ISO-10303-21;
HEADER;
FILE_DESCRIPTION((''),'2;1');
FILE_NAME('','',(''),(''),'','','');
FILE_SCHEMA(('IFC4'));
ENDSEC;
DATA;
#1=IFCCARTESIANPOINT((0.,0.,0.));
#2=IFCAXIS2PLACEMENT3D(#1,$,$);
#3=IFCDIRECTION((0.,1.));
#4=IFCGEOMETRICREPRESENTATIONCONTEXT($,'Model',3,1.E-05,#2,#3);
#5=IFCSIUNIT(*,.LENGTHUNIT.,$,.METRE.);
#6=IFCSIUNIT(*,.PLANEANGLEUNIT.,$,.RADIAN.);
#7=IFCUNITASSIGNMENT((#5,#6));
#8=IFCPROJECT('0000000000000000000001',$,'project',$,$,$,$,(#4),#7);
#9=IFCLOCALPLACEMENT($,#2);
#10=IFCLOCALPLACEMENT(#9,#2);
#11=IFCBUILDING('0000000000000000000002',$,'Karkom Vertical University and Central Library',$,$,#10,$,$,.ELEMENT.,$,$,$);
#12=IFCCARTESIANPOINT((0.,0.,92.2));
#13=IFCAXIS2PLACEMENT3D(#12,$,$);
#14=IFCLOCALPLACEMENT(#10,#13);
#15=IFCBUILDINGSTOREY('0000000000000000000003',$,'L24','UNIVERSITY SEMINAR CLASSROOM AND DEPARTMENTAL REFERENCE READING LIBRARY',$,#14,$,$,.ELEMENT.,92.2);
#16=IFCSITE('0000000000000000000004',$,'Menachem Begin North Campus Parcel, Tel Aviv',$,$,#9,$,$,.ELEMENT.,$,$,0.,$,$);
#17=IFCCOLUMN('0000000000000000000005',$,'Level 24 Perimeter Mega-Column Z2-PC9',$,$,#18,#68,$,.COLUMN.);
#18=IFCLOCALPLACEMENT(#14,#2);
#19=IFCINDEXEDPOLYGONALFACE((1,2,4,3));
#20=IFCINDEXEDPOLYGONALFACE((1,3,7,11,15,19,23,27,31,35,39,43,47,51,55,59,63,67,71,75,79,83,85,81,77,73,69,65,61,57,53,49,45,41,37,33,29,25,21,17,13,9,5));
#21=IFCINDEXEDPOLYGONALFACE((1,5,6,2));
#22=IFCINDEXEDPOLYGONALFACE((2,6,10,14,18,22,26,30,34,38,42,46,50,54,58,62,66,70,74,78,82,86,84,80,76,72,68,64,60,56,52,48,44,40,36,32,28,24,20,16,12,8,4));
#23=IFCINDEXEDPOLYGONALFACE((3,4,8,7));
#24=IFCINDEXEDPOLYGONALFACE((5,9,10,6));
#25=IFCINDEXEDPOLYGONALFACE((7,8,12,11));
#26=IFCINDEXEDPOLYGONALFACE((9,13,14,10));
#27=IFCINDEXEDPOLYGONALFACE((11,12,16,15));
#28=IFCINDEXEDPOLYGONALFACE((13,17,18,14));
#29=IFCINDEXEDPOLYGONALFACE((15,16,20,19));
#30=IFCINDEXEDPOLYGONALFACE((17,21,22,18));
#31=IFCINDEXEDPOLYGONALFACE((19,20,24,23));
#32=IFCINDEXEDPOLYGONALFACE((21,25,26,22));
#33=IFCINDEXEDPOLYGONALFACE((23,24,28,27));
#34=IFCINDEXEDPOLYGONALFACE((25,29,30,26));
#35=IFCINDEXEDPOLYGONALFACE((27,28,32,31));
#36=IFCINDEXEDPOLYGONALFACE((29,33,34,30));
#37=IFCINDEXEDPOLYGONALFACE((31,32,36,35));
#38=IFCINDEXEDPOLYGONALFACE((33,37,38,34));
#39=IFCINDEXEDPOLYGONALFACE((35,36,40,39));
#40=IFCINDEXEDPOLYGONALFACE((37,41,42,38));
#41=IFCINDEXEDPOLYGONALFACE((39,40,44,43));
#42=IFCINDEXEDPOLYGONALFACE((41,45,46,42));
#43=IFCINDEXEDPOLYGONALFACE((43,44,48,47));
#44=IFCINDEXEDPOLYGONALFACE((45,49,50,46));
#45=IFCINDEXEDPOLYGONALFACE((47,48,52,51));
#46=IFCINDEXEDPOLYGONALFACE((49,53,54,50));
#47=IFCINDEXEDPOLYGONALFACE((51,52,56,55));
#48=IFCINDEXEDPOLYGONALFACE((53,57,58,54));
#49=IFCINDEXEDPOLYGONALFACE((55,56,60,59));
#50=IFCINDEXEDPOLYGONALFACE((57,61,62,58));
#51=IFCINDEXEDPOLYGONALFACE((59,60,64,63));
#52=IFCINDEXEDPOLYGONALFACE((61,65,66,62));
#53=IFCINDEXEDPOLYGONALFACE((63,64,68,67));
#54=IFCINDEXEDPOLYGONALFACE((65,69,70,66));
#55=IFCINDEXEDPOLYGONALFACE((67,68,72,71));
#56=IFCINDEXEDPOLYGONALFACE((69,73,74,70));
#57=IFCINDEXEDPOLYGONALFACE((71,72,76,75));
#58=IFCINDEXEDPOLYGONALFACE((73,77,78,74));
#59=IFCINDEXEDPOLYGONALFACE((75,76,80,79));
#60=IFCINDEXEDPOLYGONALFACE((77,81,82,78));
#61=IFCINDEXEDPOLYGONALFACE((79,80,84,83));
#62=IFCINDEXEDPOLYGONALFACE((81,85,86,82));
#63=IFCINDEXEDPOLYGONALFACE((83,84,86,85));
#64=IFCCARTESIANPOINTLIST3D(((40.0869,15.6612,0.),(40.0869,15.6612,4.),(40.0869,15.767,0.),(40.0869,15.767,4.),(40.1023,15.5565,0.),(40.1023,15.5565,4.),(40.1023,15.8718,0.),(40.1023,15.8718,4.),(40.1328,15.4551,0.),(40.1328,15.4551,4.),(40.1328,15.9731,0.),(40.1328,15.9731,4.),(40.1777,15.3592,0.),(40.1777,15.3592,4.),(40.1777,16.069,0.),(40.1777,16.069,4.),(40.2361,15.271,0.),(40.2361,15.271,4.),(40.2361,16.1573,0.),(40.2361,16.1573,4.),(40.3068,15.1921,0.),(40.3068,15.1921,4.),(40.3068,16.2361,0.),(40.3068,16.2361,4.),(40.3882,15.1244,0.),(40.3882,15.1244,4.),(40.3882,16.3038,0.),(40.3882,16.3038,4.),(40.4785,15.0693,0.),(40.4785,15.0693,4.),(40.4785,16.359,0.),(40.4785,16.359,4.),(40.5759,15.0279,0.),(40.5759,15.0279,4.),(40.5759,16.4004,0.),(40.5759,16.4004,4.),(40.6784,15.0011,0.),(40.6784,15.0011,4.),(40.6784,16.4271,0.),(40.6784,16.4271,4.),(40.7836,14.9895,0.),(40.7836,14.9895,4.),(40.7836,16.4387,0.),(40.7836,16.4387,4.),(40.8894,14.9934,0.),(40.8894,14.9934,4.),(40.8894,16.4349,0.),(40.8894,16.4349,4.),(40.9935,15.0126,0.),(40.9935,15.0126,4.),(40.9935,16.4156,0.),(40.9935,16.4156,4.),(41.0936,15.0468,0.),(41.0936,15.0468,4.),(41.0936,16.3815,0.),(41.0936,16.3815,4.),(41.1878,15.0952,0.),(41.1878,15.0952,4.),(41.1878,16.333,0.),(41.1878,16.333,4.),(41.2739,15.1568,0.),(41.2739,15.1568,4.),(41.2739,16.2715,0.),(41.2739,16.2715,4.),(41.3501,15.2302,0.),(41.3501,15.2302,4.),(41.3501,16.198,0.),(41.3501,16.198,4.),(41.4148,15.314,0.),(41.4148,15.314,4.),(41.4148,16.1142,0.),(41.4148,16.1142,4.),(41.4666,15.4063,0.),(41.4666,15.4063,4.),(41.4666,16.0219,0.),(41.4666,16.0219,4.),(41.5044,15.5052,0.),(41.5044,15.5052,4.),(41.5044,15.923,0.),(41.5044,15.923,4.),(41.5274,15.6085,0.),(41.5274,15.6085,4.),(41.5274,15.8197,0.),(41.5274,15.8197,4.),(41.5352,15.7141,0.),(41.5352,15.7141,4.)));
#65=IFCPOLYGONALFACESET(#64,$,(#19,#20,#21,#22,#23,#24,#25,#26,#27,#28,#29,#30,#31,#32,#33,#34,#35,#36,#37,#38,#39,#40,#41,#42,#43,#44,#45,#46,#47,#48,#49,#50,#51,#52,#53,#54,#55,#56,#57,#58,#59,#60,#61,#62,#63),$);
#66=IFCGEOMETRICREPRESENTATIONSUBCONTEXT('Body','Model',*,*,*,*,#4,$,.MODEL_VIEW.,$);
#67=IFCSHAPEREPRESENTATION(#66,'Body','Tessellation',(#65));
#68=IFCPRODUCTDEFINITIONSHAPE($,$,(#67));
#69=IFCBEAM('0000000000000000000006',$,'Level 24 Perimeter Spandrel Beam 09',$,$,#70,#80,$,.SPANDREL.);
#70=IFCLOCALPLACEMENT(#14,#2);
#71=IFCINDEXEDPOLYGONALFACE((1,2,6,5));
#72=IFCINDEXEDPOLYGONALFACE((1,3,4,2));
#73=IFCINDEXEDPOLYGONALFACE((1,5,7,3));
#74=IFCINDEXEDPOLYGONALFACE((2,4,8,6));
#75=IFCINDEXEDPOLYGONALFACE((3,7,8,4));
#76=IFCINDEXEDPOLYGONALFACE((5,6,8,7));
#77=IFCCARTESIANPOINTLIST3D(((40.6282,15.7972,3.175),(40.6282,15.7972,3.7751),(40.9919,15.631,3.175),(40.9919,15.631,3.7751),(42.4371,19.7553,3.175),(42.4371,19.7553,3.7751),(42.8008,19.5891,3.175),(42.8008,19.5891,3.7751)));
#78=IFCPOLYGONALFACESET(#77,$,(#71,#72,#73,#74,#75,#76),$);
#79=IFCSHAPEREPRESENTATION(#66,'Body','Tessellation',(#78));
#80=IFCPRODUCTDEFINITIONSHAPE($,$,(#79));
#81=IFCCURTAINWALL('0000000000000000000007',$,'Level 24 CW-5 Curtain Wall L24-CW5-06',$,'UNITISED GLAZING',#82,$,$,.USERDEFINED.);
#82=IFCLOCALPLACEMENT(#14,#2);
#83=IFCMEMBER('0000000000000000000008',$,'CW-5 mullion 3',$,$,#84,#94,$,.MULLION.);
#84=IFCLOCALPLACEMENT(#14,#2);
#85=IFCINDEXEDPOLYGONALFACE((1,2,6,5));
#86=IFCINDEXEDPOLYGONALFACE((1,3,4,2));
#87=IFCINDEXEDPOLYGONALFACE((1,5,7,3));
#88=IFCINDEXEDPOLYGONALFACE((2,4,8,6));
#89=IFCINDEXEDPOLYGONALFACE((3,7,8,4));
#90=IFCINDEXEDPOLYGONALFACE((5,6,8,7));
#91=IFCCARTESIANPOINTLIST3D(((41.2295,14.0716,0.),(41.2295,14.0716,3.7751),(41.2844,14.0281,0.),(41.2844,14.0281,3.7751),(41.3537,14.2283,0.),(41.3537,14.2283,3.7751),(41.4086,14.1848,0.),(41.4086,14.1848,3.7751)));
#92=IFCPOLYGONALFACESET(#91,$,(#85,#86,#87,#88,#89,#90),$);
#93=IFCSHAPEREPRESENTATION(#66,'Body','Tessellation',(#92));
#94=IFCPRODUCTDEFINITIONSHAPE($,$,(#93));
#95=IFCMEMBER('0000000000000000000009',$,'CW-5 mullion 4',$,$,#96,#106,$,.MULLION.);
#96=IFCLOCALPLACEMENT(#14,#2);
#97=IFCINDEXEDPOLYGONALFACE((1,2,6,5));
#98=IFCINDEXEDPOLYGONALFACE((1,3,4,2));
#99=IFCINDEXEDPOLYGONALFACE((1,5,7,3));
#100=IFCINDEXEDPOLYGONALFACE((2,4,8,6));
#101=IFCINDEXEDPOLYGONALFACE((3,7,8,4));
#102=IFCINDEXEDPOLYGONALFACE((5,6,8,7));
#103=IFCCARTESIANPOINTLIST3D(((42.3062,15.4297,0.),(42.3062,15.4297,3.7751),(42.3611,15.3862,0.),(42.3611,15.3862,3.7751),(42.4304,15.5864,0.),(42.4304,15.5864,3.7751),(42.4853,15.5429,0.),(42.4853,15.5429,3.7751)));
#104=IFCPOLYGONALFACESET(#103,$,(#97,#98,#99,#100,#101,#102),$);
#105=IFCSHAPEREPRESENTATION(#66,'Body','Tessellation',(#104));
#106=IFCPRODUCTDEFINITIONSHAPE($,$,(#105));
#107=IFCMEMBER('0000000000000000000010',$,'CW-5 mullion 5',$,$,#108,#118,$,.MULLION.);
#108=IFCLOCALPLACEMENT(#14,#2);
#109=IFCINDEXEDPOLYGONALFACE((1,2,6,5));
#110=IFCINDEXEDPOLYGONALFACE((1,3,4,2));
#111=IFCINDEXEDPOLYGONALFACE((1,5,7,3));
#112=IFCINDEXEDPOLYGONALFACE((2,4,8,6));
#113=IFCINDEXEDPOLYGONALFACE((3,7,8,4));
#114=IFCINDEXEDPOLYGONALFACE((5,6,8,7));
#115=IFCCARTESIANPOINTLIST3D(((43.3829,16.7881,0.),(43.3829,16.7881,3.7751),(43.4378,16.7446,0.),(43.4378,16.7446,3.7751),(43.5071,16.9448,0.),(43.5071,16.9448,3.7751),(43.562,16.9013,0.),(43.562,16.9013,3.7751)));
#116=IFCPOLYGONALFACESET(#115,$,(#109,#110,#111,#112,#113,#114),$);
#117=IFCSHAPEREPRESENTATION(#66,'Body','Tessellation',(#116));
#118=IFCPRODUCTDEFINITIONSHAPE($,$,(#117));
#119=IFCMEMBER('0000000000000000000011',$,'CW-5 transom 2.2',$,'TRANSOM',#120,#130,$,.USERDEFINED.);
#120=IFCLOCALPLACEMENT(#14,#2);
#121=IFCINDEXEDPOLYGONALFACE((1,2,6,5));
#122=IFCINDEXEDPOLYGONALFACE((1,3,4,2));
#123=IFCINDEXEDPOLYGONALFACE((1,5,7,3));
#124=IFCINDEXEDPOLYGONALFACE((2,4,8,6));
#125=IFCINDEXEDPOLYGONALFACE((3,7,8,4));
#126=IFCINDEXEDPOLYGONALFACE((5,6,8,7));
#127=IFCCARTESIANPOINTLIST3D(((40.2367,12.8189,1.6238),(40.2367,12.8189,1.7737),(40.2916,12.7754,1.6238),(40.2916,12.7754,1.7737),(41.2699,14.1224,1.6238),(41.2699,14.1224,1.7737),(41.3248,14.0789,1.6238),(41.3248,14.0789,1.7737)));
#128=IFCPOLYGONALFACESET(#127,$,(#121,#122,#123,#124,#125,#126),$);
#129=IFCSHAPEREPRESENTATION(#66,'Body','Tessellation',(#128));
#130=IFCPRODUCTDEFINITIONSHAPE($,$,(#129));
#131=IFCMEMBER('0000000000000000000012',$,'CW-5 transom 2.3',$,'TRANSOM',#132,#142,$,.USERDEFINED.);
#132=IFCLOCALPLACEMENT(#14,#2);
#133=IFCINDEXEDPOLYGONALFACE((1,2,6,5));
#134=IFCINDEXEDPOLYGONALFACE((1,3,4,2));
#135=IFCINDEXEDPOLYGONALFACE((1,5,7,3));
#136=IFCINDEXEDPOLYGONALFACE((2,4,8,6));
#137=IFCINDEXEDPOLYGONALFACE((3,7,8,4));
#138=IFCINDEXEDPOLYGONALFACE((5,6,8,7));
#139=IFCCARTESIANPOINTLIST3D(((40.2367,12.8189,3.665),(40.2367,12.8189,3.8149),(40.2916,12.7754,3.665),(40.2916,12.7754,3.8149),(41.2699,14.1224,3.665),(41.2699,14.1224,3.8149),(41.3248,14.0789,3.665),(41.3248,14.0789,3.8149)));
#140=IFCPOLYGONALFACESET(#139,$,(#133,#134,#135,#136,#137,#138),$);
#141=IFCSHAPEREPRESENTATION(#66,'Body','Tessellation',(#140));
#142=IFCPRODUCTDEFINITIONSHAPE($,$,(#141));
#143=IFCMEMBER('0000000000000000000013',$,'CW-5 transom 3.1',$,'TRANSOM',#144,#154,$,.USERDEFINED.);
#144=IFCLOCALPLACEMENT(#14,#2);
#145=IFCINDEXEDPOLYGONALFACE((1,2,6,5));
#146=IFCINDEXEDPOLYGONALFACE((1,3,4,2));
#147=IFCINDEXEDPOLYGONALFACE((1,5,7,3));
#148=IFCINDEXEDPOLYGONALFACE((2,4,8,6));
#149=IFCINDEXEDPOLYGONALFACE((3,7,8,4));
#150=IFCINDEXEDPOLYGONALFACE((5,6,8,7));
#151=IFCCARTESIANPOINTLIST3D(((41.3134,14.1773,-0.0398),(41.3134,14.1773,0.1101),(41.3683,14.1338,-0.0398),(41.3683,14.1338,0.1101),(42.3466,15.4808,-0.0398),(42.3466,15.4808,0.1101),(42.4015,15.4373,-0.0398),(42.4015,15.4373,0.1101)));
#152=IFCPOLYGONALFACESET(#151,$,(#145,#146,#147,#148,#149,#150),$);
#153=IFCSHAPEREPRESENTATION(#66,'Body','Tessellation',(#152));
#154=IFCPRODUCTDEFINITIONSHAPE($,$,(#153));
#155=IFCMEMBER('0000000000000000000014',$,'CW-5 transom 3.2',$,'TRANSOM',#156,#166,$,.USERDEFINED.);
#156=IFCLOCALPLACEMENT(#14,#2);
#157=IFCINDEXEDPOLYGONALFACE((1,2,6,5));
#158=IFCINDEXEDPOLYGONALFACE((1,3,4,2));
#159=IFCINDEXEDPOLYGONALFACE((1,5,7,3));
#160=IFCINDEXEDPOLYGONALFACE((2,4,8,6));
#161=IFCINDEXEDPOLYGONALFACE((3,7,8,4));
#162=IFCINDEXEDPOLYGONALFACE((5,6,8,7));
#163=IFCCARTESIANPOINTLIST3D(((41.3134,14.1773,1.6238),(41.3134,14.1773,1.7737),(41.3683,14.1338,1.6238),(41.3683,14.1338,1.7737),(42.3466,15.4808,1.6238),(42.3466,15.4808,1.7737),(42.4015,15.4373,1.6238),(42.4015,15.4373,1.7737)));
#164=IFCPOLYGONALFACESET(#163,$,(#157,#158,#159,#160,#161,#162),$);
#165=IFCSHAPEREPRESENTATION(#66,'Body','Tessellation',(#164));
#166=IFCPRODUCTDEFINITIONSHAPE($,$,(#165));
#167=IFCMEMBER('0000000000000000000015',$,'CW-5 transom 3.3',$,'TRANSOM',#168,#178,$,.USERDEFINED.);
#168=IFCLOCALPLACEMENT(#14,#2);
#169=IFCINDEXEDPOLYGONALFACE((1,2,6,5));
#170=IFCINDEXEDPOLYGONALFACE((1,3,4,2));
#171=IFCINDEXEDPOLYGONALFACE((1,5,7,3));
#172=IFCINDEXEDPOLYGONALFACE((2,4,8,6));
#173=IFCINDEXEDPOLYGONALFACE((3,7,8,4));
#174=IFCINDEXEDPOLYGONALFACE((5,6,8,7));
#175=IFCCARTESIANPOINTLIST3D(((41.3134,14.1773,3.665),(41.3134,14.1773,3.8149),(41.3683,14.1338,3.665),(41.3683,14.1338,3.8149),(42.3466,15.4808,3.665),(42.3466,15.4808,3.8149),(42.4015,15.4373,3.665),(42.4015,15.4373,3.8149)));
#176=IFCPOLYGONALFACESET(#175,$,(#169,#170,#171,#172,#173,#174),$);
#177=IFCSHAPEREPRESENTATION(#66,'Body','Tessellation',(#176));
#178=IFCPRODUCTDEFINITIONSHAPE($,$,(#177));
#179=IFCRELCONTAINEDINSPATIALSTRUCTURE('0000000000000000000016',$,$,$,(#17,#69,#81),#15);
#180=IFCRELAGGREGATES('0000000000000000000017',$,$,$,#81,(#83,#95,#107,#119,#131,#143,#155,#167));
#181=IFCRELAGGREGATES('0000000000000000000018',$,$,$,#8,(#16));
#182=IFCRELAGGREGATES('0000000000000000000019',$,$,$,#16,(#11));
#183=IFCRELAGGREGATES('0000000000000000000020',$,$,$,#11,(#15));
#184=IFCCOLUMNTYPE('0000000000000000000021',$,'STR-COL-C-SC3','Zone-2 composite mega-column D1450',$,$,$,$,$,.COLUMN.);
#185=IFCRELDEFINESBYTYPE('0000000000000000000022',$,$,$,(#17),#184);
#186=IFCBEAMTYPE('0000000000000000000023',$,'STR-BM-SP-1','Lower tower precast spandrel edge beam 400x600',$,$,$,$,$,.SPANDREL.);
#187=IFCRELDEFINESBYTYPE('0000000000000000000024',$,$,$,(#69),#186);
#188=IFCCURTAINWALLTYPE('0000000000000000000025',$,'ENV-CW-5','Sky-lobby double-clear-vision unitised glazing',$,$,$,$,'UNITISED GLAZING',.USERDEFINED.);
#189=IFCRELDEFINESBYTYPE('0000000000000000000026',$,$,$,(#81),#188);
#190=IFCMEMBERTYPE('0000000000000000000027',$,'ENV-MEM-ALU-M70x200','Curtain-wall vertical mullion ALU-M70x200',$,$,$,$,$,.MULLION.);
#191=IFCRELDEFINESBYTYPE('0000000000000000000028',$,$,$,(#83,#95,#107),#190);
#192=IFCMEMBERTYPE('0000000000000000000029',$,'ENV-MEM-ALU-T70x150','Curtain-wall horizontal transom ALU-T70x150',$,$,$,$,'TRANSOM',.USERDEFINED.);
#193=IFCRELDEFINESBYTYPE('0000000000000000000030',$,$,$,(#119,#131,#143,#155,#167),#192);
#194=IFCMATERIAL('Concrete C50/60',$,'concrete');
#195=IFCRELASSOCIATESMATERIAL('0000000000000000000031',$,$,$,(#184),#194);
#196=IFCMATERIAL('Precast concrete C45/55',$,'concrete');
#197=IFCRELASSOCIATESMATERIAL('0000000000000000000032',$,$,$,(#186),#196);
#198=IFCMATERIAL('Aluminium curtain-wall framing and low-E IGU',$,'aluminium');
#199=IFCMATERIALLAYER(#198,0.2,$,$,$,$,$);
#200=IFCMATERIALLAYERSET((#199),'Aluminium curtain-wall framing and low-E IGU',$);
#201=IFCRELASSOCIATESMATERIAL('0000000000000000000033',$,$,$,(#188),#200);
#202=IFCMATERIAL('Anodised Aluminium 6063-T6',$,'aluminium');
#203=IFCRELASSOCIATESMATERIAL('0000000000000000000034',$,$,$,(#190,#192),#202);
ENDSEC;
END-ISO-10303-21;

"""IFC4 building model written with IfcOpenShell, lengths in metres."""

from ifc_helpers import new_model, si_unit, direction, frame, origin, origin_with_axes, origin_2d, place, context, subcontext, project, spatial, rectangle, circle, extrude, source, transform, mapped, material, layer, layer_set, material_profile, profile_set, type_object, element, aggregate, save


model = new_model("IFC4")

# Units and contexts
model_context = context("Model", 3, precision=1e-05, world=origin(), true_north=direction((0.0, 1.0)))
body_context = subcontext(model_context, "Body", "Model", "MODEL_VIEW")
ifc_project = project(units=[si_unit("LENGTHUNIT", "METRE"), si_unit("PLANEANGLEUNIT", "RADIAN")], contexts=[model_context])

# Site, building, storey
site_placement = place(None, origin())
site = spatial("IfcSite", under=ifc_project, at=site_placement, Name="Menachem Begin North Campus Parcel, Tel Aviv", CompositionType="ELEMENT", RefElevation=0.0)
building_placement = place(site_placement, origin())
building = spatial("IfcBuilding", under=site, at=building_placement, Name="Karkom Vertical University and Central Library", CompositionType="ELEMENT")
storey_placement = place(building_placement, frame((0.0, 0.0, 92.2)))
storey = spatial("IfcBuildingStorey", under=building, at=storey_placement, Name="L24", Description="UNIVERSITY SEMINAR CLASSROOM AND DEPARTMENTAL REFERENCE READING LIBRARY", CompositionType="ELEMENT", Elevation=92.2)

# Column
ifc_material_1 = material(Name="Concrete C50/60", Category="concrete")
ifc_material_profile_1 = material_profile(ifc_material_1, circle(Radius=0.7251, at=origin_2d()), Name="CFT-D1450")
ifc_profile_set_1 = profile_set([ifc_material_profile_1], Name="Concrete C50/60")
column_type = type_object("IfcColumnType", Name="STR-COL-C-SC3", Description="Zone-2 composite mega-column D1450", PredefinedType="COLUMN", material=ifc_profile_set_1)
shared_shape_1 = source(origin_with_axes(), body_context, "Body", "SweptSolid", [
    extrude(circle(Radius=0.7251, at=origin_2d()), origin(), (0.0, 0.0, 1.0), 4.0),
])
column_placement = place(storey_placement, frame((40.8101, 15.7141, 0.0), z_axis=(0.0, 0.0, 1.0), x_axis=(1.0, 0.0, 0.0)))
element("IfcColumn", 1, at=column_placement, inside=storey, type_object=column_type, Name="Level 24 Perimeter Mega-Column Z2-PC9", PredefinedType="COLUMN", context=body_context, shape_type="MappedRepresentation", body=[
    mapped(shared_shape_1, transform((0.0, 0.0, 0.0), scale=1.0)),
])

# Beam
ifc_material_2 = material(Name="Precast concrete C45/55", Category="concrete")
ifc_material_profile_2 = material_profile(ifc_material_2, rectangle(XDim=0.3999, YDim=0.6001, at=origin_2d()), Name="SPB-400x600")
ifc_profile_set_2 = profile_set([ifc_material_profile_2], Name="Precast concrete C45/55")
beam_type = type_object("IfcBeamType", Name="STR-BM-SP-1", Description="Lower tower precast spandrel edge beam 400x600", PredefinedType="SPANDREL", material=ifc_profile_set_2)
shared_shape_2 = source(origin_with_axes(), body_context, "Body", "SweptSolid", [
    extrude(rectangle(XDim=0.3999, YDim=0.6001, at=origin_2d()), origin(), (0.0, 0.0, 1.0), 4.3518),
])
beam_placement = place(storey_placement, frame((40.8101, 15.7141, 3.4751), z_axis=(0.415658, 0.909521, 0.0), x_axis=(-0.909521, 0.415658, 0.0)))
element("IfcBeam", 2, at=beam_placement, inside=storey, type_object=beam_type, Name="Level 24 Perimeter Spandrel Beam 09", PredefinedType="SPANDREL", context=body_context, shape_type="MappedRepresentation", body=[
    mapped(shared_shape_2, transform((0.0, 0.0, 0.0), scale=1.0)),
])

# Curtain wall, members
ifc_material_3 = material(Name="Aluminium curtain-wall framing and low-E IGU", Category="aluminium")
ifc_layer_1 = layer(ifc_material_3, 0.2)
ifc_layer_set_1 = layer_set([ifc_layer_1], Name="Aluminium curtain-wall framing and low-E IGU")
curtain_wall_type = type_object("IfcCurtainWallType", Name="ENV-CW-5", Description="Sky-lobby double-clear-vision unitised glazing", ElementType="UNITISED GLAZING", PredefinedType="USERDEFINED", material=ifc_layer_set_1)
curtain_wall_placement = place(storey_placement, origin())
curtain_wall = element("IfcCurtainWall", 3, at=curtain_wall_placement, inside=storey, type_object=curtain_wall_type, Name="Level 24 CW-5 Curtain Wall L24-CW5-06", ObjectType="UNITISED GLAZING", PredefinedType="USERDEFINED")
ifc_material_4 = material(Name="Anodised Aluminium 6063-T6", Category="aluminium")
ifc_material_profile_3 = material_profile(ifc_material_4, rectangle(XDim=0.0701, YDim=0.2, at=origin_2d()), Name="ALU-M70x200")
ifc_profile_set_3 = profile_set([ifc_material_profile_3], Name="Anodised Aluminium 6063-T6")
member_type_1 = type_object("IfcMemberType", Name="ENV-MEM-ALU-M70x200", Description="Curtain-wall vertical mullion ALU-M70x200", PredefinedType="MULLION", material=ifc_profile_set_3)
shared_shape_3 = source(origin_with_axes(), body_context, "Body", "SweptSolid", [
    extrude(rectangle(XDim=0.0701, YDim=0.2, at=origin_2d()), origin(), (0.0, 0.0, 1.0), 3.7751),
])
member_1_placement = place(storey_placement, frame((41.3191, 14.1282, 0.0), z_axis=(0.0, 0.0, 1.0), x_axis=(-0.783696, 0.621145, 0.0)))
member_1 = element("IfcMember", 4, at=member_1_placement, type_object=member_type_1, Name="CW-5 mullion 3", PredefinedType="MULLION", context=body_context, shape_type="MappedRepresentation", body=[
    mapped(shared_shape_3, transform((0.0, 0.0, 0.0), scale=1.0)),
])
member_2_placement = place(storey_placement, frame((42.3958, 15.4863, 0.0), z_axis=(0.0, 0.0, 1.0), x_axis=(-0.783696, 0.621145, 0.0)))
member_2 = element("IfcMember", 5, at=member_2_placement, type_object=member_type_1, Name="CW-5 mullion 4", PredefinedType="MULLION", context=body_context, shape_type="MappedRepresentation", body=[
    mapped(shared_shape_3, transform((0.0, 0.0, 0.0), scale=1.0)),
])
member_3_placement = place(storey_placement, frame((43.4724, 16.8447, 0.0), z_axis=(0.0, 0.0, 1.0), x_axis=(-0.783696, 0.621145, 0.0)))
member_3 = element("IfcMember", 6, at=member_3_placement, type_object=member_type_1, Name="CW-5 mullion 5", PredefinedType="MULLION", context=body_context, shape_type="MappedRepresentation", body=[
    mapped(shared_shape_3, transform((0.0, 0.0, 0.0), scale=1.0)),
])
ifc_material_profile_4 = material_profile(ifc_material_4, rectangle(XDim=0.0701, YDim=0.1499, at=origin_2d()), Name="ALU-T70x150")
ifc_profile_set_4 = profile_set([ifc_material_profile_4], Name="Anodised Aluminium 6063-T6")
member_type_2 = type_object("IfcMemberType", Name="ENV-MEM-ALU-T70x150", Description="Curtain-wall horizontal transom ALU-T70x150", ElementType="TRANSOM", PredefinedType="USERDEFINED", material=ifc_profile_set_4)
shared_shape_4 = source(origin_with_axes(), body_context, "Body", "SweptSolid", [
    extrude(rectangle(XDim=0.0701, YDim=0.1499, at=origin_2d()), origin(), (0.0, 0.0, 1.0), 1.6633),
])
member_4_placement = place(storey_placement, frame((40.2642, 12.7971, 1.6987), z_axis=(0.62118, 0.783668, 0.0), x_axis=(-0.783668, 0.62118, 0.0)))
member_4 = element("IfcMember", 7, at=member_4_placement, type_object=member_type_2, Name="CW-5 transom 2.2", ObjectType="TRANSOM", PredefinedType="USERDEFINED", context=body_context, shape_type="MappedRepresentation", body=[
    mapped(shared_shape_4, transform((0.0, 0.0, 0.0), scale=1.0)),
])
member_5_placement = place(storey_placement, frame((40.2642, 12.7971, 3.74), z_axis=(0.62118, 0.783668, 0.0), x_axis=(-0.783668, 0.62118, 0.0)))
member_5 = element("IfcMember", 8, at=member_5_placement, type_object=member_type_2, Name="CW-5 transom 2.3", ObjectType="TRANSOM", PredefinedType="USERDEFINED", context=body_context, shape_type="MappedRepresentation", body=[
    mapped(shared_shape_4, transform((0.0, 0.0, 0.0), scale=1.0)),
])
member_6_placement = place(storey_placement, frame((41.3408, 14.1555, 0.0352), z_axis=(0.62118, 0.783668, 0.0), x_axis=(-0.783668, 0.62118, 0.0)))
member_6 = element("IfcMember", 9, at=member_6_placement, type_object=member_type_2, Name="CW-5 transom 3.1", ObjectType="TRANSOM", PredefinedType="USERDEFINED", context=body_context, shape_type="MappedRepresentation", body=[
    mapped(shared_shape_4, transform((0.0, 0.0, 0.0), scale=1.0)),
])
member_7_placement = place(storey_placement, frame((41.3408, 14.1555, 1.6987), z_axis=(0.62118, 0.783668, 0.0), x_axis=(-0.783668, 0.62118, 0.0)))
member_7 = element("IfcMember", 10, at=member_7_placement, type_object=member_type_2, Name="CW-5 transom 3.2", ObjectType="TRANSOM", PredefinedType="USERDEFINED", context=body_context, shape_type="MappedRepresentation", body=[
    mapped(shared_shape_4, transform((0.0, 0.0, 0.0), scale=1.0)),
])
member_8_placement = place(storey_placement, frame((41.3408, 14.1555, 3.74), z_axis=(0.62118, 0.783668, 0.0), x_axis=(-0.783668, 0.62118, 0.0)))
member_8 = element("IfcMember", 11, at=member_8_placement, type_object=member_type_2, Name="CW-5 transom 3.3", ObjectType="TRANSOM", PredefinedType="USERDEFINED", context=body_context, shape_type="MappedRepresentation", body=[
    mapped(shared_shape_4, transform((0.0, 0.0, 0.0), scale=1.0)),
])
aggregate(curtain_wall, [member_1, member_2, member_3, member_4, member_5, member_6, member_7, member_8])

save(model, "model.ifc")
